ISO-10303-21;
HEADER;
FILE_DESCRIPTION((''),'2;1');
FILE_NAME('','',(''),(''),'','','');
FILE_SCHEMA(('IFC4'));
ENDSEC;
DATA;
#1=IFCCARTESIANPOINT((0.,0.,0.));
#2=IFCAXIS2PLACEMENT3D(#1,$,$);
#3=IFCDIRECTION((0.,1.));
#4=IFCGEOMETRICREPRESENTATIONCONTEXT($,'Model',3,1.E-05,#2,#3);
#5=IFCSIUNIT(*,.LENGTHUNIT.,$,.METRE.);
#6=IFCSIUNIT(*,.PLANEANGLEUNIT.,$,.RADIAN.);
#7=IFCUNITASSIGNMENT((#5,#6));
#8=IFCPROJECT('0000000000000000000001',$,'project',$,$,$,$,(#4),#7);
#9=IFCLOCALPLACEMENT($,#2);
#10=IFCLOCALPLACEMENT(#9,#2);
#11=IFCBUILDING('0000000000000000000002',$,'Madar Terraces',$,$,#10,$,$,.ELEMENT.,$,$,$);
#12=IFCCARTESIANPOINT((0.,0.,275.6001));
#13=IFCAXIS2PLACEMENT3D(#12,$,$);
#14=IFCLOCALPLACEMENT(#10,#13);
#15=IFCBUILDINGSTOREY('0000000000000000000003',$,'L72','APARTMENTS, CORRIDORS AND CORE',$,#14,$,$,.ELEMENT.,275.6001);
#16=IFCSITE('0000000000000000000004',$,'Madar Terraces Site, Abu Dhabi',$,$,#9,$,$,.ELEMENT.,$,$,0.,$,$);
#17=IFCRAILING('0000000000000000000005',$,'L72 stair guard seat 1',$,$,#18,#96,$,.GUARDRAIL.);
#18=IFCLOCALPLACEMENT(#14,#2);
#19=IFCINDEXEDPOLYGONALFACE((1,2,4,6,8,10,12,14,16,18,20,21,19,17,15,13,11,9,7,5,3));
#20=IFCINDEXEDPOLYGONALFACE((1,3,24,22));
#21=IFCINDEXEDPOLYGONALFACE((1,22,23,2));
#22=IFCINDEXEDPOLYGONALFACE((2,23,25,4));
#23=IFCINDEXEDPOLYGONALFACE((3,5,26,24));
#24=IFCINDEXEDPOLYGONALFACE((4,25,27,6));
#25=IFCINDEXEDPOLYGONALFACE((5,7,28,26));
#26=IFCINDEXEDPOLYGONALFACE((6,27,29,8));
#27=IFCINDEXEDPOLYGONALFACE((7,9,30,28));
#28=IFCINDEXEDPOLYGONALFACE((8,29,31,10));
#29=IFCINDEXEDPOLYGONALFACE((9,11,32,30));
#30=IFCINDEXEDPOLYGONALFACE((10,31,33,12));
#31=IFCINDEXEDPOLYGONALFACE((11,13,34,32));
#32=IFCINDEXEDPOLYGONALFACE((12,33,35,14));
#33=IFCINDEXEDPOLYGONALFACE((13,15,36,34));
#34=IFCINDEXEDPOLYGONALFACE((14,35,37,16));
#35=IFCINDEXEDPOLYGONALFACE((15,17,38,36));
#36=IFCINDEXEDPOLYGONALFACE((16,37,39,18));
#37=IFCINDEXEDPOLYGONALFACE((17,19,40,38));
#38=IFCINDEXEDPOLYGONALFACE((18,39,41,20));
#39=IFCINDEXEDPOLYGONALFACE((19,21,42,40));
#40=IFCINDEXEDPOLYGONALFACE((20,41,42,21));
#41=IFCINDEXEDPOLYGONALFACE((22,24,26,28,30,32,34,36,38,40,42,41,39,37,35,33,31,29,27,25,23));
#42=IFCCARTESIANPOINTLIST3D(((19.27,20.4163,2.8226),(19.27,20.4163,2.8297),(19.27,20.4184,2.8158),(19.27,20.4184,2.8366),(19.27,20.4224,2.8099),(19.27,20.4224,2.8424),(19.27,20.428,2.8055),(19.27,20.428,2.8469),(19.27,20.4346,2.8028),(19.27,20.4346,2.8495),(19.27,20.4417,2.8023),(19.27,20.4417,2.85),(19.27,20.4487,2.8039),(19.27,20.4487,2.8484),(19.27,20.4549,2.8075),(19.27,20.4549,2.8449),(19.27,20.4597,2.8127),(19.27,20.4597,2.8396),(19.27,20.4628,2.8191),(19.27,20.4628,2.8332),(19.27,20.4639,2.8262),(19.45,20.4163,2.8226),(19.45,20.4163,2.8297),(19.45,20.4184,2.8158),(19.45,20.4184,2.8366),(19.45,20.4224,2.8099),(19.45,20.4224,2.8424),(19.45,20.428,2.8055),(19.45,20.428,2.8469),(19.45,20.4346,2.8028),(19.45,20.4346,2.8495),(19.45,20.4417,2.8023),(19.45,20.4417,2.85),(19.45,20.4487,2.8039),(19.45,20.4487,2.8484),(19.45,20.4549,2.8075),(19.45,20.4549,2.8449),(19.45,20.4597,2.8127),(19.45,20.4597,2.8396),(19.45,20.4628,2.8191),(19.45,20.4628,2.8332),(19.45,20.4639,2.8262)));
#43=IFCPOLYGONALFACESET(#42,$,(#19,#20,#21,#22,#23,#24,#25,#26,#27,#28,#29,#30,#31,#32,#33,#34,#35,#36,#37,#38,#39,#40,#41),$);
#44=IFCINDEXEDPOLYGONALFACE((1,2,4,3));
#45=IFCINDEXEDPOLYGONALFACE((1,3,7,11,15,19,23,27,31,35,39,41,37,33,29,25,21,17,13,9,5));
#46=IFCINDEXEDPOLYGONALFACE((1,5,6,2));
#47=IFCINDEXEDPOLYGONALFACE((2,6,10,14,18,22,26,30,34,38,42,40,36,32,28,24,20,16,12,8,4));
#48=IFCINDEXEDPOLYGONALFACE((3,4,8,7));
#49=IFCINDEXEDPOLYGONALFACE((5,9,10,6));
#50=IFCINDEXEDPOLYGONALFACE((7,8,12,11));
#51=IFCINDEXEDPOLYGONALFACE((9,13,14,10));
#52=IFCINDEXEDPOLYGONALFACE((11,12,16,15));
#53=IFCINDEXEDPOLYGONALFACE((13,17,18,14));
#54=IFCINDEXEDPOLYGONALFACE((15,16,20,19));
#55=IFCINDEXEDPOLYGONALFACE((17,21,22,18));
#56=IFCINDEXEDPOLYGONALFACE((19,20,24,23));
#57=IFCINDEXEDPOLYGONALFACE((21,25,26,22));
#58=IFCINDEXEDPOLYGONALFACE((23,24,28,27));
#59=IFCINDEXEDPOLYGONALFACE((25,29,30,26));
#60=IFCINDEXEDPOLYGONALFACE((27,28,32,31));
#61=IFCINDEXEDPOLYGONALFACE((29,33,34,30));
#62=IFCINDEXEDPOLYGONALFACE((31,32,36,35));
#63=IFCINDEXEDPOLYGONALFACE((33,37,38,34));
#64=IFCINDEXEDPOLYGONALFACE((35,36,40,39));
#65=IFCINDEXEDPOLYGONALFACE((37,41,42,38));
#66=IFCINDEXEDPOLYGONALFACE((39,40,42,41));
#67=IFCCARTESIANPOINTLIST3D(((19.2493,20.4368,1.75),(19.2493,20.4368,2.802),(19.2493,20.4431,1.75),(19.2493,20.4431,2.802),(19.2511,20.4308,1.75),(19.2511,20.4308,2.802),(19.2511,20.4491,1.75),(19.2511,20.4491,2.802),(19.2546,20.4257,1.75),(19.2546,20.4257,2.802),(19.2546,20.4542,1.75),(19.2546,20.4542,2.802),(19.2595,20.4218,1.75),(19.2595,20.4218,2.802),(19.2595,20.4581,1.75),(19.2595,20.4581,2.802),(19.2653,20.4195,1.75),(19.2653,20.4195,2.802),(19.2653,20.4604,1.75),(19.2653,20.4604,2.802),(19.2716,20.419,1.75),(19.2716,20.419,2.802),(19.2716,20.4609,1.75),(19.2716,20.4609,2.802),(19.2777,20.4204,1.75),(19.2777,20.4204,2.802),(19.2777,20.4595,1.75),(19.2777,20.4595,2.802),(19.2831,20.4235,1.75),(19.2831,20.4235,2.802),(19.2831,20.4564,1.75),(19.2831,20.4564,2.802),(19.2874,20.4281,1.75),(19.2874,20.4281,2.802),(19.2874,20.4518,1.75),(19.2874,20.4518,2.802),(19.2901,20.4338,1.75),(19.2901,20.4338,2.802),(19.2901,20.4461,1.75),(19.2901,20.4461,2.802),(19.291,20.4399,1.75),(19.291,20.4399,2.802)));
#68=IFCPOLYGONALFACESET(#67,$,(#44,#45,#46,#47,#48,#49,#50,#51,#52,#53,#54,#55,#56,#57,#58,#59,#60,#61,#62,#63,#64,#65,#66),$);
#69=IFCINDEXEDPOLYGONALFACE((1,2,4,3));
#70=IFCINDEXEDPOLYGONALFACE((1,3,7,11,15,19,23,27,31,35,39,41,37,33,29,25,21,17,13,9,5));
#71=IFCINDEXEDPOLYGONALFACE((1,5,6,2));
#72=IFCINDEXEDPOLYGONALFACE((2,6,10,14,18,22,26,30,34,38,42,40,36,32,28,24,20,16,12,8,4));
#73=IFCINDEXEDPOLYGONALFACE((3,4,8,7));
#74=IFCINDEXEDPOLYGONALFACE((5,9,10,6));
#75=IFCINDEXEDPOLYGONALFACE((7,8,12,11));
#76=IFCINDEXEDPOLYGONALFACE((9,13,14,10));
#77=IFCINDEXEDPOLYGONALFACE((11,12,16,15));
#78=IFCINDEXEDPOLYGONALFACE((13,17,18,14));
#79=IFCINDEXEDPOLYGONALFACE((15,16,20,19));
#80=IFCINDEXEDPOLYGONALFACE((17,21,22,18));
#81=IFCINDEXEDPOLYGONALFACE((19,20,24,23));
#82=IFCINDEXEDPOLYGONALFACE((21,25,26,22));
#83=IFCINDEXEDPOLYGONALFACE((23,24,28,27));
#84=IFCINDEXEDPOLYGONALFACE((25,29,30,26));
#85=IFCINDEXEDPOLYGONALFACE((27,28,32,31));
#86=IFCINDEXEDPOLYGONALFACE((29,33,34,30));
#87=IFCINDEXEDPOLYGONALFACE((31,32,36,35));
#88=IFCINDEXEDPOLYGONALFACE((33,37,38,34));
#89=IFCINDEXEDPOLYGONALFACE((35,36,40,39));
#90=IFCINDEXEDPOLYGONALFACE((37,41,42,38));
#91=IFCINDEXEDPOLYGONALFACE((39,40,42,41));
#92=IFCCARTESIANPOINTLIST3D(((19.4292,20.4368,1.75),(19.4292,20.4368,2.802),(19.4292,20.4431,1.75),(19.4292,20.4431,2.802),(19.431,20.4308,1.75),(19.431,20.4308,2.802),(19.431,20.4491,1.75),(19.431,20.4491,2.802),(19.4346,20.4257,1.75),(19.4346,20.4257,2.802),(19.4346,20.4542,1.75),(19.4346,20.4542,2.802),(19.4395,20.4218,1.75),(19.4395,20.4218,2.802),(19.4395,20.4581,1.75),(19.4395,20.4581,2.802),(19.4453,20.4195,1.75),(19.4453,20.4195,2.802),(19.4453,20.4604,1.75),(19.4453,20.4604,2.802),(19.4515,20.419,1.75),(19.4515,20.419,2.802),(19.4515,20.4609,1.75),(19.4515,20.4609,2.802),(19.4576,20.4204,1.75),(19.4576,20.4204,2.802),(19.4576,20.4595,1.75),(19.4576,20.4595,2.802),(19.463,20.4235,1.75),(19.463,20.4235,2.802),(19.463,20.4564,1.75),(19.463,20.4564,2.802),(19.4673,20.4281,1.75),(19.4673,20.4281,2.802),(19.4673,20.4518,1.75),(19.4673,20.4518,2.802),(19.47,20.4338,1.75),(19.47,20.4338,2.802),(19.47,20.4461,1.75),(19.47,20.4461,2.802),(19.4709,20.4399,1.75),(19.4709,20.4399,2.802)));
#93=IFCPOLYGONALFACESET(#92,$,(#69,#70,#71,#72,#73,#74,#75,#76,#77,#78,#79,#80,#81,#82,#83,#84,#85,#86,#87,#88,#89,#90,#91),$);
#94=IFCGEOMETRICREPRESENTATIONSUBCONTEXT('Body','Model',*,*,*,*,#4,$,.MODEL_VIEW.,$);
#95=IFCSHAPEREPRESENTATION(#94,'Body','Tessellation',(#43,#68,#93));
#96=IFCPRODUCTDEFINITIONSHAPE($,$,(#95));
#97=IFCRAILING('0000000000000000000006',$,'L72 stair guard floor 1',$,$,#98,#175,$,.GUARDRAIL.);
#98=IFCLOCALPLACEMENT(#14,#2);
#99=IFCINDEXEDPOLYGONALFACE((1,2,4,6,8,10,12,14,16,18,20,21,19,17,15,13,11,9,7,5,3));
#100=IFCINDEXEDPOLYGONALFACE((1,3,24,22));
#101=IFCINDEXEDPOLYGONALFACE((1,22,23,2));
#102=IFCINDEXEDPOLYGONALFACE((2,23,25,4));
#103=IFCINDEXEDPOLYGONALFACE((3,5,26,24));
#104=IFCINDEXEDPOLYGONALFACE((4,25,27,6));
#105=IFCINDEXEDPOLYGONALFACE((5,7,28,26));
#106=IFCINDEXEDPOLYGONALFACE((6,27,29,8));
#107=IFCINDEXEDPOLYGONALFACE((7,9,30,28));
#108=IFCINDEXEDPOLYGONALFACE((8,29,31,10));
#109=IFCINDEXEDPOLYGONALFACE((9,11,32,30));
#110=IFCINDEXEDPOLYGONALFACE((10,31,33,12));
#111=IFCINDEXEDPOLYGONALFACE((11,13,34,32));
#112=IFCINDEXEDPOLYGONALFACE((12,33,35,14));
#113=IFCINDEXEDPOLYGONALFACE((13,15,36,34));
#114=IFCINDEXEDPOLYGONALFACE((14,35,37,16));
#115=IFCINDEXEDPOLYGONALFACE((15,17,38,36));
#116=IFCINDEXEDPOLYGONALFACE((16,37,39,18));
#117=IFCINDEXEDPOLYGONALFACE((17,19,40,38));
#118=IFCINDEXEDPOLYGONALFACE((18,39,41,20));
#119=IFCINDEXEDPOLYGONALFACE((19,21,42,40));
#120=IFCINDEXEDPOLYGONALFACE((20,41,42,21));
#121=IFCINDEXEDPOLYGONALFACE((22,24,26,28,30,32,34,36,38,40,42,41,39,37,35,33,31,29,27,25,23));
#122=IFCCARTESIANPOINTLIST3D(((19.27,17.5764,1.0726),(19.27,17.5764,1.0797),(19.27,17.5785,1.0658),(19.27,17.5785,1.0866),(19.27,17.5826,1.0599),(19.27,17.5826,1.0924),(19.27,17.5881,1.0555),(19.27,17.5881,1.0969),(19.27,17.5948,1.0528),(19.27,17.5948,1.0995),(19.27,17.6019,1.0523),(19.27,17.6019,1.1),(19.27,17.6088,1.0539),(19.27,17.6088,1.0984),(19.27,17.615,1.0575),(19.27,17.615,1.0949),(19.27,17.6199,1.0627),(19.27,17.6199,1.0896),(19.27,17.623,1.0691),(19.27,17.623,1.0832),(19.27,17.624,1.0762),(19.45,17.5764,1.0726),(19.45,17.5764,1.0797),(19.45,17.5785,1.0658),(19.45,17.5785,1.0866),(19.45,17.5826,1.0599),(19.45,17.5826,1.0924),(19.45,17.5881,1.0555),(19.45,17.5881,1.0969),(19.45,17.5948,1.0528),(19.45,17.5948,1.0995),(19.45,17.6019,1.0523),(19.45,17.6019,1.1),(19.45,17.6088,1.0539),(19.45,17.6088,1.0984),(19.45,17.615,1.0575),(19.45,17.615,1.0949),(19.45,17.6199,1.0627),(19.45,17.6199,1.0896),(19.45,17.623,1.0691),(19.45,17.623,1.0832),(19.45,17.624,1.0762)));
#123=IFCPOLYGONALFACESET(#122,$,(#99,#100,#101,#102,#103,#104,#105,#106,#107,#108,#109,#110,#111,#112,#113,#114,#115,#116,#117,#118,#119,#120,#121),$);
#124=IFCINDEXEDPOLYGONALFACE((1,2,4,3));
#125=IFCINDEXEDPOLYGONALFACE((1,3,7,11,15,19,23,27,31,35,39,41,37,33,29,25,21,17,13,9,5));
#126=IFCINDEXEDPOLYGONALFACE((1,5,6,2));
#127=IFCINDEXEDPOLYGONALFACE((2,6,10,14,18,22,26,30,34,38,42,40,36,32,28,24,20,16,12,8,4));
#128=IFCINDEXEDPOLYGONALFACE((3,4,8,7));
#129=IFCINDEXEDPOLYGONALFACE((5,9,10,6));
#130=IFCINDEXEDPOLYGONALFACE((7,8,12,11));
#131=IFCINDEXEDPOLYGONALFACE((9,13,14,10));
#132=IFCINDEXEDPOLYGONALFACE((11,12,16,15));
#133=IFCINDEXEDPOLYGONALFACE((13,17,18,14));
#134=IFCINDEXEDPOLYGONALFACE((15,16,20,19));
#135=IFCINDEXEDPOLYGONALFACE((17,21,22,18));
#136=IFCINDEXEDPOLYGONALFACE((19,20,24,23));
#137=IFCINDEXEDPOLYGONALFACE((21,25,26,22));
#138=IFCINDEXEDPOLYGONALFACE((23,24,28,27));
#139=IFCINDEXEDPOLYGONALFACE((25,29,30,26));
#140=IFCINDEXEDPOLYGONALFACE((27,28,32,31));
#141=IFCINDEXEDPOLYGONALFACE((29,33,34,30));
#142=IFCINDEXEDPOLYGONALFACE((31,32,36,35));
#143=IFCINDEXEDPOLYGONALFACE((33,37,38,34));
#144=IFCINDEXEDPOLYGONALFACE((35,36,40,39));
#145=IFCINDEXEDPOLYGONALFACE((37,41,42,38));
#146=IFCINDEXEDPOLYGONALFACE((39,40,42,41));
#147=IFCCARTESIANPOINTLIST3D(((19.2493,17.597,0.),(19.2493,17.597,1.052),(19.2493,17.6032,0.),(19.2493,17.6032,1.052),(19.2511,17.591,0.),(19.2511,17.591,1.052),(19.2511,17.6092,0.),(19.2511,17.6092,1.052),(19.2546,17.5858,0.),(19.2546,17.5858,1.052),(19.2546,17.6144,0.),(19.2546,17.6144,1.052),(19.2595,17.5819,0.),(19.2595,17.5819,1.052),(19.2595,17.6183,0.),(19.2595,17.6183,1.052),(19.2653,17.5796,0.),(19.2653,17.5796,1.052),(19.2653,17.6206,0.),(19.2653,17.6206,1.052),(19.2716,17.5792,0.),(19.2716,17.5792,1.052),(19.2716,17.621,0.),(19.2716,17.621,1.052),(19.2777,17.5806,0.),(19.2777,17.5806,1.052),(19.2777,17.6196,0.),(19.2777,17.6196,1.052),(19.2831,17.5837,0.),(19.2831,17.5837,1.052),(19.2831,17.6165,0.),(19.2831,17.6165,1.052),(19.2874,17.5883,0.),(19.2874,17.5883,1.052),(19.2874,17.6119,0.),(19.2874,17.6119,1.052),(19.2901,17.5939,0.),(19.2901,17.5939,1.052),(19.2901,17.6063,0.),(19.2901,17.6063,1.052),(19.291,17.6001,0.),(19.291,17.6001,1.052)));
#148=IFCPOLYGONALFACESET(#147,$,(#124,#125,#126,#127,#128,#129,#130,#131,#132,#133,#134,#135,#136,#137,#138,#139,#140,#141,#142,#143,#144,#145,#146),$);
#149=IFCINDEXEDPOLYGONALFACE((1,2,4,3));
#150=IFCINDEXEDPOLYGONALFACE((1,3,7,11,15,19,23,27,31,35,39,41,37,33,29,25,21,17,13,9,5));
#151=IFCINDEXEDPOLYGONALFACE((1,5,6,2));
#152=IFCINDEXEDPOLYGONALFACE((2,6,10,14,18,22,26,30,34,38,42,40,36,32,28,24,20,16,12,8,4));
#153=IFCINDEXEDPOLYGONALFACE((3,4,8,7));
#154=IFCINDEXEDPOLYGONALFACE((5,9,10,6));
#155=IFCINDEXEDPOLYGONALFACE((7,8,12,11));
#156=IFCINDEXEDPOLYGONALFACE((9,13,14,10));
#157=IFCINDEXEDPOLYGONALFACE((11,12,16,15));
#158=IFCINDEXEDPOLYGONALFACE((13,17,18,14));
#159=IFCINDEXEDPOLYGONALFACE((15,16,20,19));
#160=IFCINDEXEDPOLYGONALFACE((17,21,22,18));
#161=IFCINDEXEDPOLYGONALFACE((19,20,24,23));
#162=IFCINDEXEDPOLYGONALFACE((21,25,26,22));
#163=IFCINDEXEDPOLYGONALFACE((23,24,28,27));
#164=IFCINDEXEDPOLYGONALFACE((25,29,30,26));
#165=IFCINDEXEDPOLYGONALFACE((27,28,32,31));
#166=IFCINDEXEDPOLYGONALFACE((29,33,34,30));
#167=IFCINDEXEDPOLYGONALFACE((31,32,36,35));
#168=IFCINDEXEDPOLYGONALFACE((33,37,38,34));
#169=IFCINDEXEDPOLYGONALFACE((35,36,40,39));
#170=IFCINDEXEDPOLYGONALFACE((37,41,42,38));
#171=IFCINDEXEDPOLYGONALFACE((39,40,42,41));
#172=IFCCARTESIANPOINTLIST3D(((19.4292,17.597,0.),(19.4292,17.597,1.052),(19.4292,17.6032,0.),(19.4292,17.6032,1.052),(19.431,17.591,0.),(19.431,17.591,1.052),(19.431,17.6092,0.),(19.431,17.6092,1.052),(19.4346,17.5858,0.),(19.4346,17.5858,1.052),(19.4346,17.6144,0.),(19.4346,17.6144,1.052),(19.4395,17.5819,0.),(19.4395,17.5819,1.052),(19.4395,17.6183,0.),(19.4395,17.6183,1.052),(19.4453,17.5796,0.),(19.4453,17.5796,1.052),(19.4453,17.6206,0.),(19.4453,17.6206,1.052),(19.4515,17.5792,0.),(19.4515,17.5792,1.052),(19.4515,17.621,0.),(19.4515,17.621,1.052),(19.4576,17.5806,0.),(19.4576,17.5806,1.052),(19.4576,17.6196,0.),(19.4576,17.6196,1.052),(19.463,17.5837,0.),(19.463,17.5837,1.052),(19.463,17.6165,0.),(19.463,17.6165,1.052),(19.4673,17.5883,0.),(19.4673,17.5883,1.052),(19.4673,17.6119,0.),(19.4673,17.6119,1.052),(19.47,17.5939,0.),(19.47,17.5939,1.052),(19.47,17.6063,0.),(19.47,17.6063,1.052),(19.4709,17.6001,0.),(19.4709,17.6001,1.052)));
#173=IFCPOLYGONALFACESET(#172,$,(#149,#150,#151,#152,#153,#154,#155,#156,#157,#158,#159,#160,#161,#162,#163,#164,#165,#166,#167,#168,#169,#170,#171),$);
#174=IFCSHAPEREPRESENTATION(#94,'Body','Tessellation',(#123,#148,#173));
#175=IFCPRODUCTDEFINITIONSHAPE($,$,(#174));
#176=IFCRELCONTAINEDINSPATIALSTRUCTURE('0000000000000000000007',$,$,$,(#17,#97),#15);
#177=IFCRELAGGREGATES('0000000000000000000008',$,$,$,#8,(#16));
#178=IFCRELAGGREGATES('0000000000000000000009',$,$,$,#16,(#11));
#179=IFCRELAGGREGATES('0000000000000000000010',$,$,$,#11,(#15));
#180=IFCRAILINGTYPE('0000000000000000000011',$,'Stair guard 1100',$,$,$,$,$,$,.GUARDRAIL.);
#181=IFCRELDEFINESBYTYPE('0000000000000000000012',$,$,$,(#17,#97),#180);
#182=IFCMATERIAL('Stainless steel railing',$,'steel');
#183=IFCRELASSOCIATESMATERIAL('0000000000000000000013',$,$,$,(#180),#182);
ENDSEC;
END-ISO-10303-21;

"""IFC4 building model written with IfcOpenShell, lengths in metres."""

from ifc_helpers import new_model, si_unit, direction, frame, origin, origin_2d, place, context, subcontext, project, spatial, circle, extrude, material, type_object, element, save


model = new_model("IFC4")

# Units and contexts
model_context = context("Model", 3, precision=1e-05, world=origin(), true_north=direction((0.0, 1.0)))
body_context = subcontext(model_context, "Body", "Model", "MODEL_VIEW")
ifc_project = project(units=[si_unit("LENGTHUNIT", "METRE"), si_unit("PLANEANGLEUNIT", "RADIAN")], contexts=[model_context])

# Site, building, storey
site_placement = place(None, origin())
site = spatial("IfcSite", under=ifc_project, at=site_placement, Name="Madar Terraces Site, Abu Dhabi", CompositionType="ELEMENT", RefElevation=0.0)
building_placement = place(site_placement, origin())
building = spatial("IfcBuilding", under=site, at=building_placement, Name="Madar Terraces", CompositionType="ELEMENT")
storey_placement = place(building_placement, frame((0.0, 0.0, 275.6001)))
storey = spatial("IfcBuildingStorey", under=building, at=storey_placement, Name="L72", Description="APARTMENTS, CORRIDORS AND CORE", CompositionType="ELEMENT", Elevation=275.6001)

# Railings
ifc_material_1 = material(Name="Stainless steel railing", Category="steel")
railing_type_1 = type_object("IfcRailingType", Name="Stair guard 1100", PredefinedType="GUARDRAIL", material=ifc_material_1)
for number, where, name in (
    (1, (19.27, 20.4399, 1.75), "L72 stair guard seat 1"),
    (2, (19.27, 17.6001, 0.0), "L72 stair guard floor 1"),
):
    element("IfcRailing", number, at=place(storey_placement, frame(where)), inside=storey, type_object=railing_type_1, Name=name, PredefinedType="GUARDRAIL", context=body_context, shape_type="SweptSolid", body=[
        extrude(circle(Radius=0.0239, at=origin_2d()), frame((0.0, 0.0, 1.0762), z_axis=(1.0, 0.0, 0.0), x_axis=(0.0, 1.0, 0.0)), (0.0, 0.0, 1.0), 0.1799),
        extrude(circle(Radius=0.021, at=origin_2d()), origin(), (0.0, 0.0, 1.0), 1.052),
        extrude(circle(Radius=0.021, at=origin_2d()), frame((0.1799, 0.0, 0.0)), (0.0, 0.0, 1.0), 1.052),
    ])

save(model, "model.ifc")
